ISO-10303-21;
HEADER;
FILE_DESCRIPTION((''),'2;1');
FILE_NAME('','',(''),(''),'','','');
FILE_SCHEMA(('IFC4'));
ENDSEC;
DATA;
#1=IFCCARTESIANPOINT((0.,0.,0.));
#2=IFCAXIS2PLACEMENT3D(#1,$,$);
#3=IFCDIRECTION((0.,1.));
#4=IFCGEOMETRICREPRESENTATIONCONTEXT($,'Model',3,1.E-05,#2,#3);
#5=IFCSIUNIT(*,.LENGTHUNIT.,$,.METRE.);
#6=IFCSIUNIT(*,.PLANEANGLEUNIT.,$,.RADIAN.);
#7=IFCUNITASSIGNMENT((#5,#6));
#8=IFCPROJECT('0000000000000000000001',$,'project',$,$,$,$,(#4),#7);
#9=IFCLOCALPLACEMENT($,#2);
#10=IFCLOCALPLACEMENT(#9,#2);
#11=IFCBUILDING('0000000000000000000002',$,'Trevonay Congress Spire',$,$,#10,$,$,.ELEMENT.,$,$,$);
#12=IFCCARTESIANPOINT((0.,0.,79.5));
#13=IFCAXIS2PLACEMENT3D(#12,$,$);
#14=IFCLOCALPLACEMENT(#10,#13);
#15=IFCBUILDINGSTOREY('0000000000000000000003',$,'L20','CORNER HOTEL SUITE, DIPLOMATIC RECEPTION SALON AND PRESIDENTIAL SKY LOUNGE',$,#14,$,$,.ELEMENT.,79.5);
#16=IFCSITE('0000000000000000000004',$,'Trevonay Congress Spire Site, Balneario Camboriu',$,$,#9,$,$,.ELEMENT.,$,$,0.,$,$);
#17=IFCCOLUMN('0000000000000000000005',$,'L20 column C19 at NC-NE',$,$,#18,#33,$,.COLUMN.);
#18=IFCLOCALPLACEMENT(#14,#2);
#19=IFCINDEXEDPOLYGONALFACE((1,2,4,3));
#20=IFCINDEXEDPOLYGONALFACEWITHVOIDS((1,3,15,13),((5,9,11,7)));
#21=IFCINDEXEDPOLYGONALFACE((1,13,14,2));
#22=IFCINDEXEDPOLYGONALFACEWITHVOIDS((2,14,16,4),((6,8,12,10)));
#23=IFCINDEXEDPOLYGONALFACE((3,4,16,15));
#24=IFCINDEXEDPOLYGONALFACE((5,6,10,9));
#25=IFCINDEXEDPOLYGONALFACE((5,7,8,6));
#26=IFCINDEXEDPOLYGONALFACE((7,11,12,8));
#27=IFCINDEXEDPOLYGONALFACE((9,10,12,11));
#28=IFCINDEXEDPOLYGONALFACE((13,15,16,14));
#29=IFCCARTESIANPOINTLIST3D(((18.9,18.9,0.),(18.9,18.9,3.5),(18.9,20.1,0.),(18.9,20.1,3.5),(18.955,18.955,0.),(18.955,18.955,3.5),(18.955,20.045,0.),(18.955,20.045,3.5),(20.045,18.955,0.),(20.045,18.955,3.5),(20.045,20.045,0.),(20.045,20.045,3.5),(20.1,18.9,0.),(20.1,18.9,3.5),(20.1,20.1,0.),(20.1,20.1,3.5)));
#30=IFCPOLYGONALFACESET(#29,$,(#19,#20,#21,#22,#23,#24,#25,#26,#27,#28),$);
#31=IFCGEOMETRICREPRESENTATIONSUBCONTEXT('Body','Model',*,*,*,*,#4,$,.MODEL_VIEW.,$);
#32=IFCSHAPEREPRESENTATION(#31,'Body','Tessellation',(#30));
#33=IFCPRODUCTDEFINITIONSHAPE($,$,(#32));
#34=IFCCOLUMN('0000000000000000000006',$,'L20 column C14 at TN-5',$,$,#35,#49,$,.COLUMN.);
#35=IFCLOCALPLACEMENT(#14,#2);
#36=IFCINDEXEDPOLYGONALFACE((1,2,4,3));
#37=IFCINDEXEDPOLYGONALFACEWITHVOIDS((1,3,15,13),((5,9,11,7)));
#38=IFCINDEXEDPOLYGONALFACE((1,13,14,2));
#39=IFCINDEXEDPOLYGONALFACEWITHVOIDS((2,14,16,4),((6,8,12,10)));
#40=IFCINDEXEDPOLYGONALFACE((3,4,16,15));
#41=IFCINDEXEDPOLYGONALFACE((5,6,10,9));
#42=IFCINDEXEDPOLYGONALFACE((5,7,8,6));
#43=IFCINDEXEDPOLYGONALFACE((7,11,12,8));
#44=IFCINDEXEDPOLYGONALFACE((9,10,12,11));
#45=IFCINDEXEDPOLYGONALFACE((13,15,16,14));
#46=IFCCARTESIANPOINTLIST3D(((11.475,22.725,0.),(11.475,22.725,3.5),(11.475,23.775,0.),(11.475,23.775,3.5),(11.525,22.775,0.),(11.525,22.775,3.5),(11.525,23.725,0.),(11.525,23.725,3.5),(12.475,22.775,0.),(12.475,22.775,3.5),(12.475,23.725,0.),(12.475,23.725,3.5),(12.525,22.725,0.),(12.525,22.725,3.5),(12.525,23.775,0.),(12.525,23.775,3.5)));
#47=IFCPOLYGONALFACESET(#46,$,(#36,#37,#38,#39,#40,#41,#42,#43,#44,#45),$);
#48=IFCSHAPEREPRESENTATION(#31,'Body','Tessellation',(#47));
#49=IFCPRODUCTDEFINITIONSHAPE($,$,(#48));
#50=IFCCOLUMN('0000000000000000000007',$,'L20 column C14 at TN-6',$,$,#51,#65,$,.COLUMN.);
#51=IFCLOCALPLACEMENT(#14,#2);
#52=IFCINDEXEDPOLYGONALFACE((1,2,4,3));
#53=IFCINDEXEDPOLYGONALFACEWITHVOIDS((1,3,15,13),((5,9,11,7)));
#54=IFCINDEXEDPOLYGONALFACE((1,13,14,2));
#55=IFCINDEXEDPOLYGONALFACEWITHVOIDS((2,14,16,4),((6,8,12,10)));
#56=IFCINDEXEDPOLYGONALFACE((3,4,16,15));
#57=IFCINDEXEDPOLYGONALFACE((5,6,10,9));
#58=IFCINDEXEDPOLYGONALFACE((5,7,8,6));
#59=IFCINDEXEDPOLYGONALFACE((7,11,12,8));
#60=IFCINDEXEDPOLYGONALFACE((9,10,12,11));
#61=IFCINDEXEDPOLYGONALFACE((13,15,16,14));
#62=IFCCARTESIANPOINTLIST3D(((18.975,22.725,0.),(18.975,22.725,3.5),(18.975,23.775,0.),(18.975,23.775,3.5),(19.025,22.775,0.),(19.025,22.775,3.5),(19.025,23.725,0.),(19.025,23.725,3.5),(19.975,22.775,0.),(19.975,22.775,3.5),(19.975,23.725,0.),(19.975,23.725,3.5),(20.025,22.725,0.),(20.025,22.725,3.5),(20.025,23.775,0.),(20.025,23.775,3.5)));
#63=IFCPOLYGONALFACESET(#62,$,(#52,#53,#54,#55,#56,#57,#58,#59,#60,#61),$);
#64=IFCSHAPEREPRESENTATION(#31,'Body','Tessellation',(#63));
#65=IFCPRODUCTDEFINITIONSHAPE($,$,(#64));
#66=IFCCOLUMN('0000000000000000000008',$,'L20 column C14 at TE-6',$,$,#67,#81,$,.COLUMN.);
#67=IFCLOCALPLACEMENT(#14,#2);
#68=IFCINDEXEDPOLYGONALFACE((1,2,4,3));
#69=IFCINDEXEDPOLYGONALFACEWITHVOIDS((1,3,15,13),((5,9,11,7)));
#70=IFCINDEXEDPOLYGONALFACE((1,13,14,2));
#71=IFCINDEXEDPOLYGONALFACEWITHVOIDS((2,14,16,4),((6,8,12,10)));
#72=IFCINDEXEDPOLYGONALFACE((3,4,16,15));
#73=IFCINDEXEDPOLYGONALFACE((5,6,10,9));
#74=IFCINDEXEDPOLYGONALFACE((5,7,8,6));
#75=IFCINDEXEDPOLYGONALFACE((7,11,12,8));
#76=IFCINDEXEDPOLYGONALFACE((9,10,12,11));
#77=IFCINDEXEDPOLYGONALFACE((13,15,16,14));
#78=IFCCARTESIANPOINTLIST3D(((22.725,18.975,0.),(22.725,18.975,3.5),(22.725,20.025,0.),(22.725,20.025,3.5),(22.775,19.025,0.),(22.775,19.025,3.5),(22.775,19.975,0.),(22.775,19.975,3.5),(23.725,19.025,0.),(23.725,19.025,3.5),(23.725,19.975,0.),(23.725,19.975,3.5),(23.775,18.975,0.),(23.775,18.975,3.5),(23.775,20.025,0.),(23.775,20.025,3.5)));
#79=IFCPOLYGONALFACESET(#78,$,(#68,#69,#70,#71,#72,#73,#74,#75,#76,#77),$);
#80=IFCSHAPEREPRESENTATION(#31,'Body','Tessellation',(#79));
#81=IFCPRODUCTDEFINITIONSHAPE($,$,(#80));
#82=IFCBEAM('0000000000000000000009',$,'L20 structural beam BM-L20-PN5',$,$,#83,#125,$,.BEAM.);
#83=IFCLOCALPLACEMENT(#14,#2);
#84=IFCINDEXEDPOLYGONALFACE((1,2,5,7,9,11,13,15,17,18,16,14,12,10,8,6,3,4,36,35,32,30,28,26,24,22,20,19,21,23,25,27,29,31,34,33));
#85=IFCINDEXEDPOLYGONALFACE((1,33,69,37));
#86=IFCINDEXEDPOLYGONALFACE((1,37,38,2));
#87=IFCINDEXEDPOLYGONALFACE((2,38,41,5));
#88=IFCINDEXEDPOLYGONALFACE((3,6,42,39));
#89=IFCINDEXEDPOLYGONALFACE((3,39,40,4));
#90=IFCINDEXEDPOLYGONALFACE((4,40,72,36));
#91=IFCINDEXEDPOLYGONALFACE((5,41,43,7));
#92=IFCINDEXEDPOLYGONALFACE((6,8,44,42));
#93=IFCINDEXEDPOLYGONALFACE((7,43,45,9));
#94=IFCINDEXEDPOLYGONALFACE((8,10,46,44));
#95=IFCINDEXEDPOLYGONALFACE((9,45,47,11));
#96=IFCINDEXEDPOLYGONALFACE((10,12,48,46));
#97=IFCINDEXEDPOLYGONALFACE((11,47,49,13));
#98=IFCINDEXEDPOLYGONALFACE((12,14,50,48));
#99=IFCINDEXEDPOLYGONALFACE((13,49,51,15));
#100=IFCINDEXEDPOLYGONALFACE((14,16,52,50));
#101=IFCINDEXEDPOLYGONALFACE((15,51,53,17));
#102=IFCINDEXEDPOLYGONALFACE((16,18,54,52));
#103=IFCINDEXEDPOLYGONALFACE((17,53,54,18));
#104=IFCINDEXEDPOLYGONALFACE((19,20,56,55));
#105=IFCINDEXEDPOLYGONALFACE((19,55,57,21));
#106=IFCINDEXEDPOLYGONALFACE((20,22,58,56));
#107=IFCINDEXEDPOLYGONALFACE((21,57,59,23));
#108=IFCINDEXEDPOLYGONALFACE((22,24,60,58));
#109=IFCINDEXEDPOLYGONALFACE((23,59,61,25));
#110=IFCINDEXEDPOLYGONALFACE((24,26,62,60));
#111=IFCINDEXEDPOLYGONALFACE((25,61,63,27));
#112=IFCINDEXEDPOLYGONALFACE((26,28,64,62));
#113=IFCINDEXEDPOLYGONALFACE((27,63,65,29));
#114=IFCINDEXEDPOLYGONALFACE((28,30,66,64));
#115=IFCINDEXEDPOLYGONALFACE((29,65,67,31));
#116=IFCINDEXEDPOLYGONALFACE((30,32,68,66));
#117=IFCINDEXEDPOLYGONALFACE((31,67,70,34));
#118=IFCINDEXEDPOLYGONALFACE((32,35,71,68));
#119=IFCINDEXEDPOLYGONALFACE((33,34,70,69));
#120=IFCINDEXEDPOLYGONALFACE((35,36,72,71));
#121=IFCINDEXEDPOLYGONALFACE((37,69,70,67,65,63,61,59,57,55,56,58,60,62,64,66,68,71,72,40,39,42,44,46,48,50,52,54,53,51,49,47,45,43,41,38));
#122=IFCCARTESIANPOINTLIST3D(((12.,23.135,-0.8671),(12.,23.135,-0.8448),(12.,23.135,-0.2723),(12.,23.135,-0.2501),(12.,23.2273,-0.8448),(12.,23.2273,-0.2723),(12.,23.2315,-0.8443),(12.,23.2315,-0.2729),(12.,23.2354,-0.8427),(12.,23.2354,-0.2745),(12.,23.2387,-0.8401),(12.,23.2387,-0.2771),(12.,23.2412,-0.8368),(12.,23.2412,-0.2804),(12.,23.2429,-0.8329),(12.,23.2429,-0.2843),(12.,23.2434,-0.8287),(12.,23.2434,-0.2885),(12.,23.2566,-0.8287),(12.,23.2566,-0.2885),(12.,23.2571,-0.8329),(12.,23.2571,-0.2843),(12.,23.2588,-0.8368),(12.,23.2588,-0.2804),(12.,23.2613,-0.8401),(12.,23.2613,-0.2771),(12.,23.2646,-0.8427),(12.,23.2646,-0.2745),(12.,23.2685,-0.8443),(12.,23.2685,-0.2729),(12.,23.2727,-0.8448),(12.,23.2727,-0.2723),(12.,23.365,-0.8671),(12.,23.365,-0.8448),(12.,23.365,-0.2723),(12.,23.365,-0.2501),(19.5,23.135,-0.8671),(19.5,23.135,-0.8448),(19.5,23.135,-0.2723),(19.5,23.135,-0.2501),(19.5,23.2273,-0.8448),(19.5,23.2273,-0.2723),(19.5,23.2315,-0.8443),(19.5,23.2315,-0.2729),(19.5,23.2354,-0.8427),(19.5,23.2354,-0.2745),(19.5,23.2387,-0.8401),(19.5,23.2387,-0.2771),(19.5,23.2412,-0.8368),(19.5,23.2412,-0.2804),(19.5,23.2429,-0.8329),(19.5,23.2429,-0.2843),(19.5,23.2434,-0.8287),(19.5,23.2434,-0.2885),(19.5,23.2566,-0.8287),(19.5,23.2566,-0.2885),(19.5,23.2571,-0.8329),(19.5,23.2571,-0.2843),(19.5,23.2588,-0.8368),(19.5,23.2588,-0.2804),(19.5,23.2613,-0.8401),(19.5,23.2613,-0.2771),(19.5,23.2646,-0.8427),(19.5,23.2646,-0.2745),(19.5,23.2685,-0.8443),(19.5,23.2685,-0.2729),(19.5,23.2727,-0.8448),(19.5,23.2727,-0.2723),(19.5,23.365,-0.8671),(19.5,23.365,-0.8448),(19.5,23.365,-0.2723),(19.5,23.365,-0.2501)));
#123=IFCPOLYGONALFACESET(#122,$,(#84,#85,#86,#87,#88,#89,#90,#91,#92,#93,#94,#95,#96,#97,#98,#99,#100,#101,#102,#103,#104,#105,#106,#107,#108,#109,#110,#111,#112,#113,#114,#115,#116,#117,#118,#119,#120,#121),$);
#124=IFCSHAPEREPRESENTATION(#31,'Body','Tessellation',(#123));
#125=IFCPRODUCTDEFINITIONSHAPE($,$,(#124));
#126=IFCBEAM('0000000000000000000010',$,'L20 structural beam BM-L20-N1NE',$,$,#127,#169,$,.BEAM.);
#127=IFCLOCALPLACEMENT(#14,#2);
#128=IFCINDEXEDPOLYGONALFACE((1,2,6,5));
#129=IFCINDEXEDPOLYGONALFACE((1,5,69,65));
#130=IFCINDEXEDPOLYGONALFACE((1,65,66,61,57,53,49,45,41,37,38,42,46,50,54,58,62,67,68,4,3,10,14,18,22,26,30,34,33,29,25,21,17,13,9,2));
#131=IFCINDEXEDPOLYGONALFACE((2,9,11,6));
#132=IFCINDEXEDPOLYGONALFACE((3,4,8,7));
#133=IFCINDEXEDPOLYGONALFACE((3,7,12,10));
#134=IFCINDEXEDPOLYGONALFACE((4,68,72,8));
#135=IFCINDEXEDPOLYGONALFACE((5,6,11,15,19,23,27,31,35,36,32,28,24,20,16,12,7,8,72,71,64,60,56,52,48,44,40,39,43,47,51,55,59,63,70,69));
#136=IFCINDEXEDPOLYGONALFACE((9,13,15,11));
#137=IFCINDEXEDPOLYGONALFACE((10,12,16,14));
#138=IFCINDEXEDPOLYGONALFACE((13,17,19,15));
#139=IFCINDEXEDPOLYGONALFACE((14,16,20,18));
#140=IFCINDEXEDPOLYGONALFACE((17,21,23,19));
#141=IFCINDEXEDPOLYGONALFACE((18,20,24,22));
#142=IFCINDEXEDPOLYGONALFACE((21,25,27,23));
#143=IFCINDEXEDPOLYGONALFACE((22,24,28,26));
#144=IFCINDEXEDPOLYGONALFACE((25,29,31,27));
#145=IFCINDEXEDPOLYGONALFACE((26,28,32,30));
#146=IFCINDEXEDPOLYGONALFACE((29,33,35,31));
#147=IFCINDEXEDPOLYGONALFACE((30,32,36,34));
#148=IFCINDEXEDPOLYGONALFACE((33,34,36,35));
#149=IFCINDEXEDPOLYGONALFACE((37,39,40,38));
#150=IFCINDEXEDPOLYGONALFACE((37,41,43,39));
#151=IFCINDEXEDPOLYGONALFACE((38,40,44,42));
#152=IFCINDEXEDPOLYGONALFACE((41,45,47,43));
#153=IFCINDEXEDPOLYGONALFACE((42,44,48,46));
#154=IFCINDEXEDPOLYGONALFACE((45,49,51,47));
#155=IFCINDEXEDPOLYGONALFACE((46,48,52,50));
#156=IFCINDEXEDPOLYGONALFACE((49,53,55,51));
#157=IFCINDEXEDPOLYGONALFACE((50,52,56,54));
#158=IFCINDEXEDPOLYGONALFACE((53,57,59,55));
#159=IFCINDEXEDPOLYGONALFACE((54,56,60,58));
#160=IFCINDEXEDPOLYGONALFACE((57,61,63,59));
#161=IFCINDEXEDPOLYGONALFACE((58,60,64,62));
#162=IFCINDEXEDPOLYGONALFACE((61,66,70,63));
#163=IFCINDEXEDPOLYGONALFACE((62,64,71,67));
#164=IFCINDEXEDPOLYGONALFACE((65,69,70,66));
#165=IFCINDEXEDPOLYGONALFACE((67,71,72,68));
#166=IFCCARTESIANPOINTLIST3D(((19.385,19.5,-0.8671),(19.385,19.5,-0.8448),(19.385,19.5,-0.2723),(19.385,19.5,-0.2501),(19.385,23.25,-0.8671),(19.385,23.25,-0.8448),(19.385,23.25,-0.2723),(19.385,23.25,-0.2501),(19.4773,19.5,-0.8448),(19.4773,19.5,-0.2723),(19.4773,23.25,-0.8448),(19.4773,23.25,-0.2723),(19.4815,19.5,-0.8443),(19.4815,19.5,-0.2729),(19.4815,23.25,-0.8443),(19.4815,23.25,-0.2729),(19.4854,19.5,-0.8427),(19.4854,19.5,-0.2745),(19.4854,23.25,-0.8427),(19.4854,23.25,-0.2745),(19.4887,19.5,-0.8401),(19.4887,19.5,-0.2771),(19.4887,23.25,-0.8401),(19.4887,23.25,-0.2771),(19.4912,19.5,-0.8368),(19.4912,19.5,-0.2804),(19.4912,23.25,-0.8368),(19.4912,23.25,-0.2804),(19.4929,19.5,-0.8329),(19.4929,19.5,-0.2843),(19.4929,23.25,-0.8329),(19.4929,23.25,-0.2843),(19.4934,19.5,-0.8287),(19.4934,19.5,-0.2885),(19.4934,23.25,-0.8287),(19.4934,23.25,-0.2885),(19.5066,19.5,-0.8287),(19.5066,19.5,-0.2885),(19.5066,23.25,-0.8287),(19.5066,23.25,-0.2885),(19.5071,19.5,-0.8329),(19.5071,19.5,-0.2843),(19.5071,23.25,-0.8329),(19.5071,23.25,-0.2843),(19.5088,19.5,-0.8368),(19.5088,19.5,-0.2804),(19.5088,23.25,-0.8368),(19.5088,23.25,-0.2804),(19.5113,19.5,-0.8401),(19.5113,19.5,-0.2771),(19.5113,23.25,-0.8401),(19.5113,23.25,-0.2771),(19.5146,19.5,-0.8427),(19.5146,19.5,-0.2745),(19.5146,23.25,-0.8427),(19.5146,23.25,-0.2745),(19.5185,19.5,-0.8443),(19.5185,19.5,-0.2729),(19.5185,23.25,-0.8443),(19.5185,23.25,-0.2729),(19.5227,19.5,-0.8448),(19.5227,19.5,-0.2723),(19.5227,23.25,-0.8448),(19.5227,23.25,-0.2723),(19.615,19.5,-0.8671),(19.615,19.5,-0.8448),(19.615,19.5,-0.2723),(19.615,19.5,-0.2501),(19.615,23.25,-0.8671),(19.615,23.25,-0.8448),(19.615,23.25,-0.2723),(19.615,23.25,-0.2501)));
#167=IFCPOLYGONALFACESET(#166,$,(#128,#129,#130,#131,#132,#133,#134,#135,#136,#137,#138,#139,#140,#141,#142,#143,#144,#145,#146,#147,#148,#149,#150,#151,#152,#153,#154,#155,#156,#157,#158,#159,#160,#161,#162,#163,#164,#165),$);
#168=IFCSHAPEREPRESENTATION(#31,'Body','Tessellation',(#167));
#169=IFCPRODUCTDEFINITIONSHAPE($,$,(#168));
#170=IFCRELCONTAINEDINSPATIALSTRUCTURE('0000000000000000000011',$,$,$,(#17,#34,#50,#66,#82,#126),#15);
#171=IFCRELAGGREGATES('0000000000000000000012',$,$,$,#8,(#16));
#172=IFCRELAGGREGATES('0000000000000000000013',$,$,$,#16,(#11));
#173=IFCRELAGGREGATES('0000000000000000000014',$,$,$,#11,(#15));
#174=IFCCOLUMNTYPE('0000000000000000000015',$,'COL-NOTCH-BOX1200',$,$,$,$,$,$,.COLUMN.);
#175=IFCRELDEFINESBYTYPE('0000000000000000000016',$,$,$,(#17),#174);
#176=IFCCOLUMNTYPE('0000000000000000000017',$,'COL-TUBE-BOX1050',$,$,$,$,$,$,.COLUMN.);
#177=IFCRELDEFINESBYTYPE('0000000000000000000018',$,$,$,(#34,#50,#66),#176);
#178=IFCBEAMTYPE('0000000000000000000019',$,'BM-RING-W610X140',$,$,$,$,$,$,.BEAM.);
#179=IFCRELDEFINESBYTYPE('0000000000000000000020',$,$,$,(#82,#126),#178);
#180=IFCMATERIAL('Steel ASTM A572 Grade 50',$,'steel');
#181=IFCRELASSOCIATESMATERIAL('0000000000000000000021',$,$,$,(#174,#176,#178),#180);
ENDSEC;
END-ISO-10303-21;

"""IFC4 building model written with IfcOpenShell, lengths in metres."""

from ifc_helpers import new_model, si_unit, direction, frame, origin, origin_2d, place, context, subcontext, project, spatial, hollow_rectangle, i_section, extrude, material, material_profile, profile_set, type_object, element, save


model = new_model("IFC4")

# Units and contexts
model_context = context("Model", 3, precision=1e-05, world=origin(), true_north=direction((0.0, 1.0)))
body_context = subcontext(model_context, "Body", "Model", "MODEL_VIEW")
ifc_project = project(units=[si_unit("LENGTHUNIT", "METRE"), si_unit("PLANEANGLEUNIT", "RADIAN")], contexts=[model_context])

# Site, building, storey
site_placement = place(None, origin())
site = spatial("IfcSite", under=ifc_project, at=site_placement, Name="Trevonay Congress Spire Site, Balneario Camboriu", CompositionType="ELEMENT", RefElevation=0.0)
building_placement = place(site_placement, origin())
building = spatial("IfcBuilding", under=site, at=building_placement, Name="Trevonay Congress Spire", CompositionType="ELEMENT")
storey_placement = place(building_placement, frame((0.0, 0.0, 79.5)))
storey = spatial("IfcBuildingStorey", under=building, at=storey_placement, Name="L20", Description="CORNER HOTEL SUITE, DIPLOMATIC RECEPTION SALON AND PRESIDENTIAL SKY LOUNGE", CompositionType="ELEMENT", Elevation=79.5)

# Columns
ifc_material_1 = material(Name="Steel ASTM A572 Grade 50", Category="steel")
ifc_material_profile_1 = material_profile(ifc_material_1, hollow_rectangle(XDim=1.2, YDim=1.2, WallThickness=0.0549, at=origin_2d()), Name="BOX 1200x1200x55")
ifc_profile_set_1 = profile_set([ifc_material_profile_1], Name="Steel ASTM A572 Grade 50")
column_type_1 = type_object("IfcColumnType", Name="COL-NOTCH-BOX1200", PredefinedType="COLUMN", material=ifc_profile_set_1)
column_placement = place(storey_placement, frame((19.5, 19.5, 0.0), z_axis=(0.0, 0.0, 1.0), x_axis=(1.0, 0.0, 0.0)))
element("IfcColumn", 1, at=column_placement, inside=storey, type_object=column_type_1, Name="L20 column C19 at NC-NE", PredefinedType="COLUMN", context=body_context, shape_type="SweptSolid", body=[
    extrude(hollow_rectangle(XDim=1.2, YDim=1.2, WallThickness=0.0549, at=origin_2d()), origin(), (0.0, 0.0, 1.0), 3.5),
])
ifc_material_profile_2 = material_profile(ifc_material_1, hollow_rectangle(XDim=1.05, YDim=1.05, WallThickness=0.05, at=origin_2d()), Name="BOX 1050x1050x50")
ifc_profile_set_2 = profile_set([ifc_material_profile_2], Name="Steel ASTM A572 Grade 50")
column_type_2 = type_object("IfcColumnType", Name="COL-TUBE-BOX1050", PredefinedType="COLUMN", material=ifc_profile_set_2)
for number, where, z_axis, x_axis, name in (
    (2, (12.0, 23.25, 0.0), (0.0, 0.0, 1.0), (1.0, 0.0, 0.0), "L20 column C14 at TN-5"),
    (3, (19.5, 23.25, 0.0), (0.0, 0.0, 1.0), (1.0, 0.0, 0.0), "L20 column C14 at TN-6"),
    (4, (23.25, 19.5, 0.0), (0.0, 0.0, 1.0), (1.0, 0.0, 0.0), "L20 column C14 at TE-6"),
):
    element("IfcColumn", number, at=place(storey_placement, frame(where, z_axis=z_axis, x_axis=x_axis)), inside=storey, type_object=column_type_2, Name=name, PredefinedType="COLUMN", context=body_context, shape_type="SweptSolid", body=[
        extrude(hollow_rectangle(XDim=1.05, YDim=1.05, WallThickness=0.05, at=origin_2d()), origin(), (0.0, 0.0, 1.0), 3.5),
    ])

# Beams
ifc_material_profile_3 = material_profile(ifc_material_1, i_section(OverallWidth=0.23, OverallDepth=0.6169, WebThickness=0.0132, FlangeThickness=0.0222, FilletRadius=0.0161, at=origin_2d()), Name="W610x140")
ifc_profile_set_3 = profile_set([ifc_material_profile_3], Name="Steel ASTM A572 Grade 50")
beam_type = type_object("IfcBeamType", Name="BM-RING-W610X140", PredefinedType="BEAM", material=ifc_profile_set_3)
beam_placement = place(storey_placement, frame((12.0, 23.25, -0.5586), z_axis=(1.0, 0.0, 0.0), x_axis=(0.0, 1.0, 0.0)))
element("IfcBeam", 5, at=beam_placement, inside=storey, type_object=beam_type, Name="L20 structural beam BM-L20-PN5", PredefinedType="BEAM", context=body_context, shape_type="SweptSolid", body=[
    extrude(i_section(OverallWidth=0.23, OverallDepth=0.6169, WebThickness=0.0132, FlangeThickness=0.0222, FilletRadius=0.0161, at=origin_2d()), origin(), (0.0, 0.0, 1.0), 7.5),
])
for number, where, z_axis, x_axis, name in (
    (6, (19.5, 23.25, -0.5586), (0.0, -1.0, 0.0), (1.0, 0.0, 0.0), "L20 structural beam BM-L20-N1NE"),
):
    element("IfcBeam", number, at=place(storey_placement, frame(where, z_axis=z_axis, x_axis=x_axis)), inside=storey, type_object=beam_type, Name=name, PredefinedType="BEAM", context=body_context, shape_type="SweptSolid", body=[
        extrude(i_section(OverallWidth=0.23, OverallDepth=0.6169, WebThickness=0.0132, FlangeThickness=0.0222, FilletRadius=0.0161, at=origin_2d()), origin(), (0.0, 0.0, 1.0), 3.75),
    ])

save(model, "model.ifc")
